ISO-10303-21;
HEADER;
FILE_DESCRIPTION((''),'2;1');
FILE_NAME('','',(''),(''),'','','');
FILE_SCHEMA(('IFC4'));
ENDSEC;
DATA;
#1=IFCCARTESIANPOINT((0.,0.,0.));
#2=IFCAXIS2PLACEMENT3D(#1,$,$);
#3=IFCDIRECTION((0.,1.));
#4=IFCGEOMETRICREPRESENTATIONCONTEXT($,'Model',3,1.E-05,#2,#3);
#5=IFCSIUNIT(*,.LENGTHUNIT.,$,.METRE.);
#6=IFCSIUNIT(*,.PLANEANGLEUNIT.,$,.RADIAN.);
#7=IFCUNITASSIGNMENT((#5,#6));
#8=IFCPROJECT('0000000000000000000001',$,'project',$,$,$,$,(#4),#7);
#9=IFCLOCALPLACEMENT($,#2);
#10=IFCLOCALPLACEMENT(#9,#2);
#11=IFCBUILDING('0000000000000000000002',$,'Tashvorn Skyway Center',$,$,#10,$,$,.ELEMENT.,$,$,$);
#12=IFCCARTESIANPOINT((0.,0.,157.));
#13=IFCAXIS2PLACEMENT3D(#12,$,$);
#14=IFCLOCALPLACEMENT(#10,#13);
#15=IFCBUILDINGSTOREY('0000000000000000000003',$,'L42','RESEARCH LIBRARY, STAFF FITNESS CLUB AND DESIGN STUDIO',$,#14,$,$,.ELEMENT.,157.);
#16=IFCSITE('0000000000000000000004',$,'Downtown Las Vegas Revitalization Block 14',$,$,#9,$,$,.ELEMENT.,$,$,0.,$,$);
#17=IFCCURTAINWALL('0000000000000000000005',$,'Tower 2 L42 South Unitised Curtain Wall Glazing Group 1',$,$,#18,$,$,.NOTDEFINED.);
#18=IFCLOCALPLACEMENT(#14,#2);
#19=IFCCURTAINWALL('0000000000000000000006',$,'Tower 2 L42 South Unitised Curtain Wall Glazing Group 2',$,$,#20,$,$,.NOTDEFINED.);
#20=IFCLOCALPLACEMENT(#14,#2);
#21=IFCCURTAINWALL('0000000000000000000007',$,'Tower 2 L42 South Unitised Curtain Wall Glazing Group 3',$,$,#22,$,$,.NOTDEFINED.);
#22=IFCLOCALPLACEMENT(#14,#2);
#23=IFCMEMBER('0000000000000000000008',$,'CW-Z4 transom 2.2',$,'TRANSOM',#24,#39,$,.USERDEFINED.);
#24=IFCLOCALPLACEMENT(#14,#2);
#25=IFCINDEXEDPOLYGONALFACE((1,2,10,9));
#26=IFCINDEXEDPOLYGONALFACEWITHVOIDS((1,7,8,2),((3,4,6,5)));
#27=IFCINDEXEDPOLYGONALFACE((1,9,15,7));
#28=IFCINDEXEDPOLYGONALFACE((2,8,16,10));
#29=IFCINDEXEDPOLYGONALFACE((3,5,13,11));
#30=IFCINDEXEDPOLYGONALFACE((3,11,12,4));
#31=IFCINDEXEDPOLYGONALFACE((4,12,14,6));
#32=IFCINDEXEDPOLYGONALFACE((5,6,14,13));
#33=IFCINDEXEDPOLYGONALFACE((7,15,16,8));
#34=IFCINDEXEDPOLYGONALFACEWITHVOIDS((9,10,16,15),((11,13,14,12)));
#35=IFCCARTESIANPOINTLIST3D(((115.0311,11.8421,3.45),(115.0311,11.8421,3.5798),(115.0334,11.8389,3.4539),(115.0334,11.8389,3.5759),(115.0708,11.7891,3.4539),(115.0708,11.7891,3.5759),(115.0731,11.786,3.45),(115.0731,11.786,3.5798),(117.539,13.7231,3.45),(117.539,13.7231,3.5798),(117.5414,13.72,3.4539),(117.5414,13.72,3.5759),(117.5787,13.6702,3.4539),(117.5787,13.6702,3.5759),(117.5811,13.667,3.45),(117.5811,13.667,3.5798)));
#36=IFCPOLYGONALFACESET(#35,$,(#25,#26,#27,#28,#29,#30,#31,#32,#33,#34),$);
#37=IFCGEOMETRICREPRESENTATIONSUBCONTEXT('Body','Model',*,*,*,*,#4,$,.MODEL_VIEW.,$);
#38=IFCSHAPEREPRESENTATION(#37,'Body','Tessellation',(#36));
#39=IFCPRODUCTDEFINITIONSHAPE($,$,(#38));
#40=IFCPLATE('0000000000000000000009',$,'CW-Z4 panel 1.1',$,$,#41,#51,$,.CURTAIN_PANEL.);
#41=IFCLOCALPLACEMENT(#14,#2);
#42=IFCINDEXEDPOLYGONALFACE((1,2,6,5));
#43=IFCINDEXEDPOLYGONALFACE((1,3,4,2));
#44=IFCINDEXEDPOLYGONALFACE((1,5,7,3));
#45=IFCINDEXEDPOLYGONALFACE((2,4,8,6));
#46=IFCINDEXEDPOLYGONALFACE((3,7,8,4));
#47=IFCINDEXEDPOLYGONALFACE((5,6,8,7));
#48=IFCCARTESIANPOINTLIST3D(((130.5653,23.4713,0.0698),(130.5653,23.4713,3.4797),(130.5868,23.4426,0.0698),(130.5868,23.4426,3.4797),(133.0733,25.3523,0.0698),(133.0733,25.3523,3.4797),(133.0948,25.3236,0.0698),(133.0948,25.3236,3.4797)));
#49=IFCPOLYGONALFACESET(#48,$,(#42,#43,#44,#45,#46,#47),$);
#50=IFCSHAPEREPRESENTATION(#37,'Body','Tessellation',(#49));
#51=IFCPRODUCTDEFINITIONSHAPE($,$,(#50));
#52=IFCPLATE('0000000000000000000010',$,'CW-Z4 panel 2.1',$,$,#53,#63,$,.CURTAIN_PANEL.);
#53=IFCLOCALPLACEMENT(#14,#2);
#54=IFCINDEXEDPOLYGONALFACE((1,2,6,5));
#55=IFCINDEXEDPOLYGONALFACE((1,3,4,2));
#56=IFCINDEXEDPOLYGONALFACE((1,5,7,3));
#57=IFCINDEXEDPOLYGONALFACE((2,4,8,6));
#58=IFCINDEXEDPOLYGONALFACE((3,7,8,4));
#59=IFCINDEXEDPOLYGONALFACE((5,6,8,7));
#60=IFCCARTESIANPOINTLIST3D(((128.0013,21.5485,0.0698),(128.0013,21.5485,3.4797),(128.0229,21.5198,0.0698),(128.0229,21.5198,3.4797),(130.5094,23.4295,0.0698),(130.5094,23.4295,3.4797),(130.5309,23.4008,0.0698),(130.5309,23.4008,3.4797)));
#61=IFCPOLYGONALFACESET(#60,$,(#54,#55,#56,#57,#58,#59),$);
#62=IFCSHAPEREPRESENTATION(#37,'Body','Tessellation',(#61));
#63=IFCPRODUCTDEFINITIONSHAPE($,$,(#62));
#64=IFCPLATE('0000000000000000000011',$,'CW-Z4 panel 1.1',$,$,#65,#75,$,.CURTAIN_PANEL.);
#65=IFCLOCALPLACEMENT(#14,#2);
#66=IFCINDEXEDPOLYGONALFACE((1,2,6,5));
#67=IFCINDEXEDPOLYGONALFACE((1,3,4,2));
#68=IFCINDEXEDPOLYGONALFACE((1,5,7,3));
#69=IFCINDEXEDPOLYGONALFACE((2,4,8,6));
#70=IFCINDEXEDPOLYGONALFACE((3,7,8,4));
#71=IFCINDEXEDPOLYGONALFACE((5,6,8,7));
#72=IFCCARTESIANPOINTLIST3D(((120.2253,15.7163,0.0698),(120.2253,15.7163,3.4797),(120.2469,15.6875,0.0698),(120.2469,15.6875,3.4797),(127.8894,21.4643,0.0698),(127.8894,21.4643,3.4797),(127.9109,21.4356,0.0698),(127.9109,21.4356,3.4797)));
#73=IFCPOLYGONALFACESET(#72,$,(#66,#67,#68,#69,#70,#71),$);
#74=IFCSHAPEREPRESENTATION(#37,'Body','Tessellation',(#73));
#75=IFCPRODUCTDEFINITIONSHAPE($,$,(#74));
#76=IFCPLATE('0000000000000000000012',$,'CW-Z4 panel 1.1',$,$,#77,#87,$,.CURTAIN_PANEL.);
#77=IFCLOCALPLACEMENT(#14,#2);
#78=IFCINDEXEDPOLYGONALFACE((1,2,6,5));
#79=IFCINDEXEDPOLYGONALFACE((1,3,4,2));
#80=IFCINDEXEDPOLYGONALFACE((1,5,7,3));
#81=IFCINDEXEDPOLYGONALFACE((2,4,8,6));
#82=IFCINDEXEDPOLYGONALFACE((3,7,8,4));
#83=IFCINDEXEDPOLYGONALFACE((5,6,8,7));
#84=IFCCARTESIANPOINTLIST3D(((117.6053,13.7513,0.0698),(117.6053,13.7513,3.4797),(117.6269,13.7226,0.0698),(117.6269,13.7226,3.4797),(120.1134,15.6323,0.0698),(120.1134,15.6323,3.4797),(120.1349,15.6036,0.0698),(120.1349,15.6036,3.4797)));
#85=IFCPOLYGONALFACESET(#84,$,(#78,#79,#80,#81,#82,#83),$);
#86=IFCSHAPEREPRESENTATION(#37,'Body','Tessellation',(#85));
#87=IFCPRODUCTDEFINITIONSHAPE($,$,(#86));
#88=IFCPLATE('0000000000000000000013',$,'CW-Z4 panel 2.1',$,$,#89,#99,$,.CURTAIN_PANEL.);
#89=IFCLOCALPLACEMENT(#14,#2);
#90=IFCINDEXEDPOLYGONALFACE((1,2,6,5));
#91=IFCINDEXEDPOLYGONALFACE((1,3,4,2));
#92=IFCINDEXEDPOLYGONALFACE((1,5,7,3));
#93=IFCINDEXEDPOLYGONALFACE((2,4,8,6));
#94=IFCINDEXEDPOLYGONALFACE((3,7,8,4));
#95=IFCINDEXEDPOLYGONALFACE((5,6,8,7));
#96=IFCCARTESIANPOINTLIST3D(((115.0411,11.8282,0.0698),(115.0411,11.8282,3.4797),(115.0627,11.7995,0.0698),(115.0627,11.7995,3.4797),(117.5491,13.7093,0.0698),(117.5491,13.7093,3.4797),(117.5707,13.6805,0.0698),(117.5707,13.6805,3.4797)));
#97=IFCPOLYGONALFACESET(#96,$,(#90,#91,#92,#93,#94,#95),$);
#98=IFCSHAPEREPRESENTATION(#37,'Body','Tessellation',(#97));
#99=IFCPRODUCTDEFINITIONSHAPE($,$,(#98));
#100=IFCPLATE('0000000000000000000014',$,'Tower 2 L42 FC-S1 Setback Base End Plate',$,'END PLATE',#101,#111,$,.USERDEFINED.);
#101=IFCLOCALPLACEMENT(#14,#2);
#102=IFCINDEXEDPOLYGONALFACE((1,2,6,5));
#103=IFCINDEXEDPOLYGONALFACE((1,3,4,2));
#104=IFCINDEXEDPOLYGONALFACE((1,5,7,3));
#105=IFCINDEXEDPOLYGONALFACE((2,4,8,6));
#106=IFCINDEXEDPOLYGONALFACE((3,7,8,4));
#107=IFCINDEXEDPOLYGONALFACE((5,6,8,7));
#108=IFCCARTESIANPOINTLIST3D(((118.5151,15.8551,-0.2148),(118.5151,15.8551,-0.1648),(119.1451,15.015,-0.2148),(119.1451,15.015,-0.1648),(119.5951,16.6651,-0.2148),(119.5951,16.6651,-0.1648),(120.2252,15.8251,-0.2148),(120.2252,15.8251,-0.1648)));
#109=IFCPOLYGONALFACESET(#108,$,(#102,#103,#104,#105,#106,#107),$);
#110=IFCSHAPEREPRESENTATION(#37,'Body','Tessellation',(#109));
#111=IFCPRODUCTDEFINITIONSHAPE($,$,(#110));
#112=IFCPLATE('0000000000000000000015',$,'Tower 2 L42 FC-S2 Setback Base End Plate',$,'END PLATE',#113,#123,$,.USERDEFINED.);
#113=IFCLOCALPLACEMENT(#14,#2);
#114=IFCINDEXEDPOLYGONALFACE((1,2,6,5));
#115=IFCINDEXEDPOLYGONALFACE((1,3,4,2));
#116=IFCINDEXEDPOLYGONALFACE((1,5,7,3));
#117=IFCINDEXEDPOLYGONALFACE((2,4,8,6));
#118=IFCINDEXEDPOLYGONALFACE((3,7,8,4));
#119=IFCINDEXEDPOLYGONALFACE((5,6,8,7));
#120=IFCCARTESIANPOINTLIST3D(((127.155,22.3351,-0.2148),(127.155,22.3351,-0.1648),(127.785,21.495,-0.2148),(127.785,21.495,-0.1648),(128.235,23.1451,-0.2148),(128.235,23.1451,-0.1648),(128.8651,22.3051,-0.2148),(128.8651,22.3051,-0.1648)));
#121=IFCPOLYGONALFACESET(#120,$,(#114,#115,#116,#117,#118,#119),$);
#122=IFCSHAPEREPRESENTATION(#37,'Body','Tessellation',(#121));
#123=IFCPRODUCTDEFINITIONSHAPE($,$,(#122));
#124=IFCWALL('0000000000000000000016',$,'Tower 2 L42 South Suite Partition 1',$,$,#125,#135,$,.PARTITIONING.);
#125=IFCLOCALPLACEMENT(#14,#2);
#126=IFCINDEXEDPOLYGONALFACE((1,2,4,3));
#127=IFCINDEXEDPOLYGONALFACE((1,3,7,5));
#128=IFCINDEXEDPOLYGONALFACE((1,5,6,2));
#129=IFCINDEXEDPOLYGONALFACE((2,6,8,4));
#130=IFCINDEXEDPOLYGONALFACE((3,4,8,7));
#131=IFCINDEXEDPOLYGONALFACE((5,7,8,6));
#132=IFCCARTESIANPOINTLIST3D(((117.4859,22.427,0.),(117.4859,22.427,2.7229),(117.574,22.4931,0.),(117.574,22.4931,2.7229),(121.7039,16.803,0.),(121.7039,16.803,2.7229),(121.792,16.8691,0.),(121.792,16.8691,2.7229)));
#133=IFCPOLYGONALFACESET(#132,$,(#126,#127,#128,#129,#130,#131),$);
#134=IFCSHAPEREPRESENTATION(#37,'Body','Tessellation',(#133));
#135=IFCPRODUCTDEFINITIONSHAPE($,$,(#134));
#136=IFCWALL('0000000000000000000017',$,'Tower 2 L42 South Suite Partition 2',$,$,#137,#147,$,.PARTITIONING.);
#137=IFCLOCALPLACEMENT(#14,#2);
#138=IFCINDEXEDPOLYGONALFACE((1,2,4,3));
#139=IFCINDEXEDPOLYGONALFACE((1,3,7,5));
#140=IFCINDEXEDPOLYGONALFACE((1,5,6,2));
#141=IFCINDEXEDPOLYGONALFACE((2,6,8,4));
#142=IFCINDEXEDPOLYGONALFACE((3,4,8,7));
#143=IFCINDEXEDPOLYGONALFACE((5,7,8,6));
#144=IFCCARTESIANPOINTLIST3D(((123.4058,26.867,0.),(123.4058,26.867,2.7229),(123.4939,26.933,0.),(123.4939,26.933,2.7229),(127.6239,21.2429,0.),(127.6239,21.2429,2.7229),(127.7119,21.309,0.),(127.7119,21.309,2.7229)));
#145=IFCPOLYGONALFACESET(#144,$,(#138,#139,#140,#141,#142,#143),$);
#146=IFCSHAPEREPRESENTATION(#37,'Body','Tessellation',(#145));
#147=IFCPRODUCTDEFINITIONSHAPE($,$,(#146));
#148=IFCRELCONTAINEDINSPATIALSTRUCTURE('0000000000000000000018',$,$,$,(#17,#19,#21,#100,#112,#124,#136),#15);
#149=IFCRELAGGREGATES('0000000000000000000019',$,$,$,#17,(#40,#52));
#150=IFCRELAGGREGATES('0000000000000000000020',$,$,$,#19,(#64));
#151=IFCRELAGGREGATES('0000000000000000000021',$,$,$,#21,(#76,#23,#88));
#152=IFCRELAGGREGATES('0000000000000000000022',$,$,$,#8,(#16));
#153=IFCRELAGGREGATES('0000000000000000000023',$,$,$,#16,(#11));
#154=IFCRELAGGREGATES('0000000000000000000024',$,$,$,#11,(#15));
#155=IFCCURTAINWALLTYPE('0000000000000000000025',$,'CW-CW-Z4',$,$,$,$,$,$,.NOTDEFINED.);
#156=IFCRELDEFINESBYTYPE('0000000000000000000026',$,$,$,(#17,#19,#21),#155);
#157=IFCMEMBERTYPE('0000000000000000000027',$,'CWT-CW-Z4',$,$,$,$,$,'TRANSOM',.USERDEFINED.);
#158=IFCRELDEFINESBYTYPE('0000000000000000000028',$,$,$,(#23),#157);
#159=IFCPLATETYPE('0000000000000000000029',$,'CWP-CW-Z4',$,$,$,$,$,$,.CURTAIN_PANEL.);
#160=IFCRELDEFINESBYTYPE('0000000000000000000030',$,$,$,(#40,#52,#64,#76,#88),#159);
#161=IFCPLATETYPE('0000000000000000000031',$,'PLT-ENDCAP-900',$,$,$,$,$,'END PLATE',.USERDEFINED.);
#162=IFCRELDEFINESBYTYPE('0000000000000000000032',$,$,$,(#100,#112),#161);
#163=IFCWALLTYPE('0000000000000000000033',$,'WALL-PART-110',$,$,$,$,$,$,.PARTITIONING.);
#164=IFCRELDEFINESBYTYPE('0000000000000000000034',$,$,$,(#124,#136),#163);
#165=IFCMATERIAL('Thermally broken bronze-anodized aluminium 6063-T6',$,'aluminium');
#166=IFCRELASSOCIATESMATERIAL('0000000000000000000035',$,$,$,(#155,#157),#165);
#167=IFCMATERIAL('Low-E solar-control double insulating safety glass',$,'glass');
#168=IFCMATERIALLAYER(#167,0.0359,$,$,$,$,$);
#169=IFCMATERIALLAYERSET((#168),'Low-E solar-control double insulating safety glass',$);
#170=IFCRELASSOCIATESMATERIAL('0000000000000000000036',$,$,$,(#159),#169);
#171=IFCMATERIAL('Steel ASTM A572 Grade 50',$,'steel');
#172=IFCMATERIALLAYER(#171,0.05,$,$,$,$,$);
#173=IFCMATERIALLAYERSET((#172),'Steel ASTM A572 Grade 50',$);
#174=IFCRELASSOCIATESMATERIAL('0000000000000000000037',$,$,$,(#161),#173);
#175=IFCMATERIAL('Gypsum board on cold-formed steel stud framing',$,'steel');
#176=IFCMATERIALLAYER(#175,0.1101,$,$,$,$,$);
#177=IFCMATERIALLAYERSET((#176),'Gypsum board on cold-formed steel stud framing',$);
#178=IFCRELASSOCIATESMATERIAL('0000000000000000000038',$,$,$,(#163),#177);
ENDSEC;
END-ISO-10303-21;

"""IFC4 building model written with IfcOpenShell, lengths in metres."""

from ifc_helpers import new_model, si_unit, direction, frame, frame_2d, origin, origin_2d, place, context, subcontext, project, spatial, rectangle, hollow_rectangle, extrude, material, layer, layer_set, material_profile, profile_set, type_object, element, aggregate, save


model = new_model("IFC4")

# Units and contexts
model_context = context("Model", 3, precision=1e-05, world=origin(), true_north=direction((0.0, 1.0)))
body_context = subcontext(model_context, "Body", "Model", "MODEL_VIEW")
ifc_project = project(units=[si_unit("LENGTHUNIT", "METRE"), si_unit("PLANEANGLEUNIT", "RADIAN")], contexts=[model_context])

# Site, building, storey
site_placement = place(None, origin())
site = spatial("IfcSite", under=ifc_project, at=site_placement, Name="Downtown Las Vegas Revitalization Block 14", CompositionType="ELEMENT", RefElevation=0.0)
building_placement = place(site_placement, origin())
building = spatial("IfcBuilding", under=site, at=building_placement, Name="Tashvorn Skyway Center", CompositionType="ELEMENT")
storey_placement = place(building_placement, frame((0.0, 0.0, 157.0)))
storey = spatial("IfcBuildingStorey", under=building, at=storey_placement, Name="L42", Description="RESEARCH LIBRARY, STAFF FITNESS CLUB AND DESIGN STUDIO", CompositionType="ELEMENT", Elevation=157.0)

# Shared definitions
ifc_material_1 = material(Name="Steel ASTM A572 Grade 50", Category="steel")

# Curtain walls
ifc_material_2 = material(Name="Thermally broken bronze-anodized aluminium 6063-T6", Category="aluminium")
curtain_wall_type = type_object("IfcCurtainWallType", Name="CW-CW-Z4", PredefinedType="NOTDEFINED", material=ifc_material_2)
curtain_wall_1_placement = place(storey_placement, origin())
curtain_wall_1 = element("IfcCurtainWall", 1, at=curtain_wall_1_placement, inside=storey, type_object=curtain_wall_type, Name="Tower 2 L42 South Unitised Curtain Wall Glazing Group 1", PredefinedType="NOTDEFINED")
curtain_wall_2_placement = place(storey_placement, origin())
curtain_wall_2 = element("IfcCurtainWall", 2, at=curtain_wall_2_placement, inside=storey, type_object=curtain_wall_type, Name="Tower 2 L42 South Unitised Curtain Wall Glazing Group 2", PredefinedType="NOTDEFINED")
curtain_wall_3_placement = place(storey_placement, origin())
curtain_wall_3 = element("IfcCurtainWall", 3, at=curtain_wall_3_placement, inside=storey, type_object=curtain_wall_type, Name="Tower 2 L42 South Unitised Curtain Wall Glazing Group 3", PredefinedType="NOTDEFINED")

# Member
ifc_material_profile_1 = material_profile(ifc_material_2, hollow_rectangle(XDim=0.0701, YDim=0.1299, WallThickness=0.0039, at=origin_2d()), Name="ALU-TRAN-70x130")
ifc_profile_set_1 = profile_set([ifc_material_profile_1], Name="Thermally broken bronze-anodized aluminium 6063-T6")
member_type_1 = type_object("IfcMemberType", Name="CWT-CW-Z4", ElementType="TRANSOM", PredefinedType="USERDEFINED", material=ifc_profile_set_1)
member_1_placement = place(storey_placement, frame((117.5601, 13.6951, 3.5149), z_axis=(-0.799991, -0.600012, 0.0), x_axis=(0.600012, -0.799991, 0.0)))
member_1 = element("IfcMember", 4, at=member_1_placement, type_object=member_type_1, Name="CW-Z4 transom 2.2", ObjectType="TRANSOM", PredefinedType="USERDEFINED", context=body_context, shape_type="SweptSolid", body=[
    extrude(hollow_rectangle(XDim=0.0701, YDim=0.1299, WallThickness=0.0039, at=origin_2d()), origin(), (0.0, 0.0, 1.0), 3.135),
])

# Plates
ifc_material_3 = material(Name="Low-E solar-control double insulating safety glass", Category="glass")
ifc_layer_1 = layer(ifc_material_3, 0.0359)
ifc_layer_set_1 = layer_set([ifc_layer_1], Name="Low-E solar-control double insulating safety glass")
plate_type_1 = type_object("IfcPlateType", Name="CWP-CW-Z4", PredefinedType="CURTAIN_PANEL", material=ifc_layer_set_1)
plate_1_placement = place(storey_placement, frame((131.8301, 24.3975, 0.0698), z_axis=(0.0, 0.0, 1.0), x_axis=(-0.8, -0.6, 0.0)))
plate_1 = element("IfcPlate", 5, at=plate_1_placement, type_object=plate_type_1, Name="CW-Z4 panel 1.1", PredefinedType="CURTAIN_PANEL", context=body_context, shape_type="SweptSolid", body=[
    extrude(rectangle(XDim=3.135, YDim=0.0359, at=origin_2d()), origin(), (0.0, 0.0, 1.0), 3.4099),
])
plate_2_placement = place(storey_placement, frame((129.2661, 22.4746, 0.0698), z_axis=(0.0, 0.0, 1.0), x_axis=(-0.8, -0.6, 0.0)))
plate_2 = element("IfcPlate", 6, at=plate_2_placement, type_object=plate_type_1, Name="CW-Z4 panel 2.1", PredefinedType="CURTAIN_PANEL", context=body_context, shape_type="SweptSolid", body=[
    extrude(rectangle(XDim=3.135, YDim=0.0359, at=origin_2d()), origin(), (0.0, 0.0, 1.0), 3.4099),
])
aggregate(curtain_wall_1, [plate_1, plate_2])
plate_3_placement = place(storey_placement, frame((124.0681, 18.5759, 0.0698), z_axis=(0.0, 0.0, 1.0), x_axis=(-0.8, -0.6, 0.0)))
plate_3 = element("IfcPlate", 7, at=plate_3_placement, type_object=plate_type_1, Name="CW-Z4 panel 1.1", PredefinedType="CURTAIN_PANEL", context=body_context, shape_type="SweptSolid", body=[
    extrude(rectangle(XDim=9.5801, YDim=0.0359, at=origin_2d()), origin(), (0.0, 0.0, 1.0), 3.4099),
])
aggregate(curtain_wall_2, [plate_3])
plate_4_placement = place(storey_placement, frame((118.8701, 14.6775, 0.0698), z_axis=(0.0, 0.0, 1.0), x_axis=(-0.8, -0.6, 0.0)))
plate_4 = element("IfcPlate", 8, at=plate_4_placement, type_object=plate_type_1, Name="CW-Z4 panel 1.1", PredefinedType="CURTAIN_PANEL", context=body_context, shape_type="SweptSolid", body=[
    extrude(rectangle(XDim=3.135, YDim=0.0359, at=origin_2d()), origin(), (0.0, 0.0, 1.0), 3.4099),
])
plate_5_placement = place(storey_placement, frame((116.3059, 12.7544, 0.0698), z_axis=(0.0, 0.0, 1.0), x_axis=(-0.8, -0.6, 0.0)))
plate_5 = element("IfcPlate", 9, at=plate_5_placement, type_object=plate_type_1, Name="CW-Z4 panel 2.1", PredefinedType="CURTAIN_PANEL", context=body_context, shape_type="SweptSolid", body=[
    extrude(rectangle(XDim=3.135, YDim=0.0359, at=origin_2d()), origin(), (0.0, 0.0, 1.0), 3.4099),
])
aggregate(curtain_wall_3, [plate_4, member_1, plate_5])

# Plates
ifc_layer_2 = layer(ifc_material_1, 0.05)
ifc_layer_set_2 = layer_set([ifc_layer_2], Name="Steel ASTM A572 Grade 50")
plate_type_2 = type_object("IfcPlateType", Name="PLT-ENDCAP-900", ElementType="END PLATE", PredefinedType="USERDEFINED", material=ifc_layer_set_2)
for number, where, z_axis, x_axis, name in (
    (10, (119.3701, 15.8401, -0.2148), (0.0, 0.0, 1.0), (0.8, 0.6, 0.0), "Tower 2 L42 FC-S1 Setback Base End Plate"),
    (11, (128.01, 22.3201, -0.2148), (0.0, 0.0, 1.0), (0.8, 0.6, 0.0), "Tower 2 L42 FC-S2 Setback Base End Plate"),
):
    element("IfcPlate", number, at=place(storey_placement, frame(where, z_axis=z_axis, x_axis=x_axis)), inside=storey, type_object=plate_type_2, Name=name, ObjectType="END PLATE", PredefinedType="USERDEFINED", context=body_context, shape_type="SweptSolid", body=[
        extrude(rectangle(XDim=1.3501, YDim=1.05, at=origin_2d()), origin(), (0.0, 0.0, 1.0), 0.05),
    ])

# Walls
ifc_material_4 = material(Name="Gypsum board on cold-formed steel stud framing", Category="steel")
ifc_layer_3 = layer(ifc_material_4, 0.1101)
ifc_layer_set_3 = layer_set([ifc_layer_3], Name="Gypsum board on cold-formed steel stud framing")
wall_type_1 = type_object("IfcWallType", Name="WALL-PART-110", PredefinedType="PARTITIONING", material=ifc_layer_set_3)
for number, where, z_axis, x_axis, name in (
    (12, (121.748, 16.8359, 0.0), (0.0, 0.0, 1.0), (-0.6, 0.8, 0.0), "Tower 2 L42 South Suite Partition 1"),
    (13, (127.668, 21.2759, 0.0), (0.0, 0.0, 1.0), (-0.6, 0.8, 0.0), "Tower 2 L42 South Suite Partition 2"),
):
    element("IfcWall", number, at=place(storey_placement, frame(where, z_axis=z_axis, x_axis=x_axis)), inside=storey, type_object=wall_type_1, Name=name, PredefinedType="PARTITIONING", context=body_context, shape_type="SweptSolid", body=[
        extrude(rectangle(XDim=7.03, YDim=0.1101, at=frame_2d((3.5151, 0.0))), origin(), (0.0, 0.0, 1.0), 2.7229),
    ])

save(model, "model.ifc")
